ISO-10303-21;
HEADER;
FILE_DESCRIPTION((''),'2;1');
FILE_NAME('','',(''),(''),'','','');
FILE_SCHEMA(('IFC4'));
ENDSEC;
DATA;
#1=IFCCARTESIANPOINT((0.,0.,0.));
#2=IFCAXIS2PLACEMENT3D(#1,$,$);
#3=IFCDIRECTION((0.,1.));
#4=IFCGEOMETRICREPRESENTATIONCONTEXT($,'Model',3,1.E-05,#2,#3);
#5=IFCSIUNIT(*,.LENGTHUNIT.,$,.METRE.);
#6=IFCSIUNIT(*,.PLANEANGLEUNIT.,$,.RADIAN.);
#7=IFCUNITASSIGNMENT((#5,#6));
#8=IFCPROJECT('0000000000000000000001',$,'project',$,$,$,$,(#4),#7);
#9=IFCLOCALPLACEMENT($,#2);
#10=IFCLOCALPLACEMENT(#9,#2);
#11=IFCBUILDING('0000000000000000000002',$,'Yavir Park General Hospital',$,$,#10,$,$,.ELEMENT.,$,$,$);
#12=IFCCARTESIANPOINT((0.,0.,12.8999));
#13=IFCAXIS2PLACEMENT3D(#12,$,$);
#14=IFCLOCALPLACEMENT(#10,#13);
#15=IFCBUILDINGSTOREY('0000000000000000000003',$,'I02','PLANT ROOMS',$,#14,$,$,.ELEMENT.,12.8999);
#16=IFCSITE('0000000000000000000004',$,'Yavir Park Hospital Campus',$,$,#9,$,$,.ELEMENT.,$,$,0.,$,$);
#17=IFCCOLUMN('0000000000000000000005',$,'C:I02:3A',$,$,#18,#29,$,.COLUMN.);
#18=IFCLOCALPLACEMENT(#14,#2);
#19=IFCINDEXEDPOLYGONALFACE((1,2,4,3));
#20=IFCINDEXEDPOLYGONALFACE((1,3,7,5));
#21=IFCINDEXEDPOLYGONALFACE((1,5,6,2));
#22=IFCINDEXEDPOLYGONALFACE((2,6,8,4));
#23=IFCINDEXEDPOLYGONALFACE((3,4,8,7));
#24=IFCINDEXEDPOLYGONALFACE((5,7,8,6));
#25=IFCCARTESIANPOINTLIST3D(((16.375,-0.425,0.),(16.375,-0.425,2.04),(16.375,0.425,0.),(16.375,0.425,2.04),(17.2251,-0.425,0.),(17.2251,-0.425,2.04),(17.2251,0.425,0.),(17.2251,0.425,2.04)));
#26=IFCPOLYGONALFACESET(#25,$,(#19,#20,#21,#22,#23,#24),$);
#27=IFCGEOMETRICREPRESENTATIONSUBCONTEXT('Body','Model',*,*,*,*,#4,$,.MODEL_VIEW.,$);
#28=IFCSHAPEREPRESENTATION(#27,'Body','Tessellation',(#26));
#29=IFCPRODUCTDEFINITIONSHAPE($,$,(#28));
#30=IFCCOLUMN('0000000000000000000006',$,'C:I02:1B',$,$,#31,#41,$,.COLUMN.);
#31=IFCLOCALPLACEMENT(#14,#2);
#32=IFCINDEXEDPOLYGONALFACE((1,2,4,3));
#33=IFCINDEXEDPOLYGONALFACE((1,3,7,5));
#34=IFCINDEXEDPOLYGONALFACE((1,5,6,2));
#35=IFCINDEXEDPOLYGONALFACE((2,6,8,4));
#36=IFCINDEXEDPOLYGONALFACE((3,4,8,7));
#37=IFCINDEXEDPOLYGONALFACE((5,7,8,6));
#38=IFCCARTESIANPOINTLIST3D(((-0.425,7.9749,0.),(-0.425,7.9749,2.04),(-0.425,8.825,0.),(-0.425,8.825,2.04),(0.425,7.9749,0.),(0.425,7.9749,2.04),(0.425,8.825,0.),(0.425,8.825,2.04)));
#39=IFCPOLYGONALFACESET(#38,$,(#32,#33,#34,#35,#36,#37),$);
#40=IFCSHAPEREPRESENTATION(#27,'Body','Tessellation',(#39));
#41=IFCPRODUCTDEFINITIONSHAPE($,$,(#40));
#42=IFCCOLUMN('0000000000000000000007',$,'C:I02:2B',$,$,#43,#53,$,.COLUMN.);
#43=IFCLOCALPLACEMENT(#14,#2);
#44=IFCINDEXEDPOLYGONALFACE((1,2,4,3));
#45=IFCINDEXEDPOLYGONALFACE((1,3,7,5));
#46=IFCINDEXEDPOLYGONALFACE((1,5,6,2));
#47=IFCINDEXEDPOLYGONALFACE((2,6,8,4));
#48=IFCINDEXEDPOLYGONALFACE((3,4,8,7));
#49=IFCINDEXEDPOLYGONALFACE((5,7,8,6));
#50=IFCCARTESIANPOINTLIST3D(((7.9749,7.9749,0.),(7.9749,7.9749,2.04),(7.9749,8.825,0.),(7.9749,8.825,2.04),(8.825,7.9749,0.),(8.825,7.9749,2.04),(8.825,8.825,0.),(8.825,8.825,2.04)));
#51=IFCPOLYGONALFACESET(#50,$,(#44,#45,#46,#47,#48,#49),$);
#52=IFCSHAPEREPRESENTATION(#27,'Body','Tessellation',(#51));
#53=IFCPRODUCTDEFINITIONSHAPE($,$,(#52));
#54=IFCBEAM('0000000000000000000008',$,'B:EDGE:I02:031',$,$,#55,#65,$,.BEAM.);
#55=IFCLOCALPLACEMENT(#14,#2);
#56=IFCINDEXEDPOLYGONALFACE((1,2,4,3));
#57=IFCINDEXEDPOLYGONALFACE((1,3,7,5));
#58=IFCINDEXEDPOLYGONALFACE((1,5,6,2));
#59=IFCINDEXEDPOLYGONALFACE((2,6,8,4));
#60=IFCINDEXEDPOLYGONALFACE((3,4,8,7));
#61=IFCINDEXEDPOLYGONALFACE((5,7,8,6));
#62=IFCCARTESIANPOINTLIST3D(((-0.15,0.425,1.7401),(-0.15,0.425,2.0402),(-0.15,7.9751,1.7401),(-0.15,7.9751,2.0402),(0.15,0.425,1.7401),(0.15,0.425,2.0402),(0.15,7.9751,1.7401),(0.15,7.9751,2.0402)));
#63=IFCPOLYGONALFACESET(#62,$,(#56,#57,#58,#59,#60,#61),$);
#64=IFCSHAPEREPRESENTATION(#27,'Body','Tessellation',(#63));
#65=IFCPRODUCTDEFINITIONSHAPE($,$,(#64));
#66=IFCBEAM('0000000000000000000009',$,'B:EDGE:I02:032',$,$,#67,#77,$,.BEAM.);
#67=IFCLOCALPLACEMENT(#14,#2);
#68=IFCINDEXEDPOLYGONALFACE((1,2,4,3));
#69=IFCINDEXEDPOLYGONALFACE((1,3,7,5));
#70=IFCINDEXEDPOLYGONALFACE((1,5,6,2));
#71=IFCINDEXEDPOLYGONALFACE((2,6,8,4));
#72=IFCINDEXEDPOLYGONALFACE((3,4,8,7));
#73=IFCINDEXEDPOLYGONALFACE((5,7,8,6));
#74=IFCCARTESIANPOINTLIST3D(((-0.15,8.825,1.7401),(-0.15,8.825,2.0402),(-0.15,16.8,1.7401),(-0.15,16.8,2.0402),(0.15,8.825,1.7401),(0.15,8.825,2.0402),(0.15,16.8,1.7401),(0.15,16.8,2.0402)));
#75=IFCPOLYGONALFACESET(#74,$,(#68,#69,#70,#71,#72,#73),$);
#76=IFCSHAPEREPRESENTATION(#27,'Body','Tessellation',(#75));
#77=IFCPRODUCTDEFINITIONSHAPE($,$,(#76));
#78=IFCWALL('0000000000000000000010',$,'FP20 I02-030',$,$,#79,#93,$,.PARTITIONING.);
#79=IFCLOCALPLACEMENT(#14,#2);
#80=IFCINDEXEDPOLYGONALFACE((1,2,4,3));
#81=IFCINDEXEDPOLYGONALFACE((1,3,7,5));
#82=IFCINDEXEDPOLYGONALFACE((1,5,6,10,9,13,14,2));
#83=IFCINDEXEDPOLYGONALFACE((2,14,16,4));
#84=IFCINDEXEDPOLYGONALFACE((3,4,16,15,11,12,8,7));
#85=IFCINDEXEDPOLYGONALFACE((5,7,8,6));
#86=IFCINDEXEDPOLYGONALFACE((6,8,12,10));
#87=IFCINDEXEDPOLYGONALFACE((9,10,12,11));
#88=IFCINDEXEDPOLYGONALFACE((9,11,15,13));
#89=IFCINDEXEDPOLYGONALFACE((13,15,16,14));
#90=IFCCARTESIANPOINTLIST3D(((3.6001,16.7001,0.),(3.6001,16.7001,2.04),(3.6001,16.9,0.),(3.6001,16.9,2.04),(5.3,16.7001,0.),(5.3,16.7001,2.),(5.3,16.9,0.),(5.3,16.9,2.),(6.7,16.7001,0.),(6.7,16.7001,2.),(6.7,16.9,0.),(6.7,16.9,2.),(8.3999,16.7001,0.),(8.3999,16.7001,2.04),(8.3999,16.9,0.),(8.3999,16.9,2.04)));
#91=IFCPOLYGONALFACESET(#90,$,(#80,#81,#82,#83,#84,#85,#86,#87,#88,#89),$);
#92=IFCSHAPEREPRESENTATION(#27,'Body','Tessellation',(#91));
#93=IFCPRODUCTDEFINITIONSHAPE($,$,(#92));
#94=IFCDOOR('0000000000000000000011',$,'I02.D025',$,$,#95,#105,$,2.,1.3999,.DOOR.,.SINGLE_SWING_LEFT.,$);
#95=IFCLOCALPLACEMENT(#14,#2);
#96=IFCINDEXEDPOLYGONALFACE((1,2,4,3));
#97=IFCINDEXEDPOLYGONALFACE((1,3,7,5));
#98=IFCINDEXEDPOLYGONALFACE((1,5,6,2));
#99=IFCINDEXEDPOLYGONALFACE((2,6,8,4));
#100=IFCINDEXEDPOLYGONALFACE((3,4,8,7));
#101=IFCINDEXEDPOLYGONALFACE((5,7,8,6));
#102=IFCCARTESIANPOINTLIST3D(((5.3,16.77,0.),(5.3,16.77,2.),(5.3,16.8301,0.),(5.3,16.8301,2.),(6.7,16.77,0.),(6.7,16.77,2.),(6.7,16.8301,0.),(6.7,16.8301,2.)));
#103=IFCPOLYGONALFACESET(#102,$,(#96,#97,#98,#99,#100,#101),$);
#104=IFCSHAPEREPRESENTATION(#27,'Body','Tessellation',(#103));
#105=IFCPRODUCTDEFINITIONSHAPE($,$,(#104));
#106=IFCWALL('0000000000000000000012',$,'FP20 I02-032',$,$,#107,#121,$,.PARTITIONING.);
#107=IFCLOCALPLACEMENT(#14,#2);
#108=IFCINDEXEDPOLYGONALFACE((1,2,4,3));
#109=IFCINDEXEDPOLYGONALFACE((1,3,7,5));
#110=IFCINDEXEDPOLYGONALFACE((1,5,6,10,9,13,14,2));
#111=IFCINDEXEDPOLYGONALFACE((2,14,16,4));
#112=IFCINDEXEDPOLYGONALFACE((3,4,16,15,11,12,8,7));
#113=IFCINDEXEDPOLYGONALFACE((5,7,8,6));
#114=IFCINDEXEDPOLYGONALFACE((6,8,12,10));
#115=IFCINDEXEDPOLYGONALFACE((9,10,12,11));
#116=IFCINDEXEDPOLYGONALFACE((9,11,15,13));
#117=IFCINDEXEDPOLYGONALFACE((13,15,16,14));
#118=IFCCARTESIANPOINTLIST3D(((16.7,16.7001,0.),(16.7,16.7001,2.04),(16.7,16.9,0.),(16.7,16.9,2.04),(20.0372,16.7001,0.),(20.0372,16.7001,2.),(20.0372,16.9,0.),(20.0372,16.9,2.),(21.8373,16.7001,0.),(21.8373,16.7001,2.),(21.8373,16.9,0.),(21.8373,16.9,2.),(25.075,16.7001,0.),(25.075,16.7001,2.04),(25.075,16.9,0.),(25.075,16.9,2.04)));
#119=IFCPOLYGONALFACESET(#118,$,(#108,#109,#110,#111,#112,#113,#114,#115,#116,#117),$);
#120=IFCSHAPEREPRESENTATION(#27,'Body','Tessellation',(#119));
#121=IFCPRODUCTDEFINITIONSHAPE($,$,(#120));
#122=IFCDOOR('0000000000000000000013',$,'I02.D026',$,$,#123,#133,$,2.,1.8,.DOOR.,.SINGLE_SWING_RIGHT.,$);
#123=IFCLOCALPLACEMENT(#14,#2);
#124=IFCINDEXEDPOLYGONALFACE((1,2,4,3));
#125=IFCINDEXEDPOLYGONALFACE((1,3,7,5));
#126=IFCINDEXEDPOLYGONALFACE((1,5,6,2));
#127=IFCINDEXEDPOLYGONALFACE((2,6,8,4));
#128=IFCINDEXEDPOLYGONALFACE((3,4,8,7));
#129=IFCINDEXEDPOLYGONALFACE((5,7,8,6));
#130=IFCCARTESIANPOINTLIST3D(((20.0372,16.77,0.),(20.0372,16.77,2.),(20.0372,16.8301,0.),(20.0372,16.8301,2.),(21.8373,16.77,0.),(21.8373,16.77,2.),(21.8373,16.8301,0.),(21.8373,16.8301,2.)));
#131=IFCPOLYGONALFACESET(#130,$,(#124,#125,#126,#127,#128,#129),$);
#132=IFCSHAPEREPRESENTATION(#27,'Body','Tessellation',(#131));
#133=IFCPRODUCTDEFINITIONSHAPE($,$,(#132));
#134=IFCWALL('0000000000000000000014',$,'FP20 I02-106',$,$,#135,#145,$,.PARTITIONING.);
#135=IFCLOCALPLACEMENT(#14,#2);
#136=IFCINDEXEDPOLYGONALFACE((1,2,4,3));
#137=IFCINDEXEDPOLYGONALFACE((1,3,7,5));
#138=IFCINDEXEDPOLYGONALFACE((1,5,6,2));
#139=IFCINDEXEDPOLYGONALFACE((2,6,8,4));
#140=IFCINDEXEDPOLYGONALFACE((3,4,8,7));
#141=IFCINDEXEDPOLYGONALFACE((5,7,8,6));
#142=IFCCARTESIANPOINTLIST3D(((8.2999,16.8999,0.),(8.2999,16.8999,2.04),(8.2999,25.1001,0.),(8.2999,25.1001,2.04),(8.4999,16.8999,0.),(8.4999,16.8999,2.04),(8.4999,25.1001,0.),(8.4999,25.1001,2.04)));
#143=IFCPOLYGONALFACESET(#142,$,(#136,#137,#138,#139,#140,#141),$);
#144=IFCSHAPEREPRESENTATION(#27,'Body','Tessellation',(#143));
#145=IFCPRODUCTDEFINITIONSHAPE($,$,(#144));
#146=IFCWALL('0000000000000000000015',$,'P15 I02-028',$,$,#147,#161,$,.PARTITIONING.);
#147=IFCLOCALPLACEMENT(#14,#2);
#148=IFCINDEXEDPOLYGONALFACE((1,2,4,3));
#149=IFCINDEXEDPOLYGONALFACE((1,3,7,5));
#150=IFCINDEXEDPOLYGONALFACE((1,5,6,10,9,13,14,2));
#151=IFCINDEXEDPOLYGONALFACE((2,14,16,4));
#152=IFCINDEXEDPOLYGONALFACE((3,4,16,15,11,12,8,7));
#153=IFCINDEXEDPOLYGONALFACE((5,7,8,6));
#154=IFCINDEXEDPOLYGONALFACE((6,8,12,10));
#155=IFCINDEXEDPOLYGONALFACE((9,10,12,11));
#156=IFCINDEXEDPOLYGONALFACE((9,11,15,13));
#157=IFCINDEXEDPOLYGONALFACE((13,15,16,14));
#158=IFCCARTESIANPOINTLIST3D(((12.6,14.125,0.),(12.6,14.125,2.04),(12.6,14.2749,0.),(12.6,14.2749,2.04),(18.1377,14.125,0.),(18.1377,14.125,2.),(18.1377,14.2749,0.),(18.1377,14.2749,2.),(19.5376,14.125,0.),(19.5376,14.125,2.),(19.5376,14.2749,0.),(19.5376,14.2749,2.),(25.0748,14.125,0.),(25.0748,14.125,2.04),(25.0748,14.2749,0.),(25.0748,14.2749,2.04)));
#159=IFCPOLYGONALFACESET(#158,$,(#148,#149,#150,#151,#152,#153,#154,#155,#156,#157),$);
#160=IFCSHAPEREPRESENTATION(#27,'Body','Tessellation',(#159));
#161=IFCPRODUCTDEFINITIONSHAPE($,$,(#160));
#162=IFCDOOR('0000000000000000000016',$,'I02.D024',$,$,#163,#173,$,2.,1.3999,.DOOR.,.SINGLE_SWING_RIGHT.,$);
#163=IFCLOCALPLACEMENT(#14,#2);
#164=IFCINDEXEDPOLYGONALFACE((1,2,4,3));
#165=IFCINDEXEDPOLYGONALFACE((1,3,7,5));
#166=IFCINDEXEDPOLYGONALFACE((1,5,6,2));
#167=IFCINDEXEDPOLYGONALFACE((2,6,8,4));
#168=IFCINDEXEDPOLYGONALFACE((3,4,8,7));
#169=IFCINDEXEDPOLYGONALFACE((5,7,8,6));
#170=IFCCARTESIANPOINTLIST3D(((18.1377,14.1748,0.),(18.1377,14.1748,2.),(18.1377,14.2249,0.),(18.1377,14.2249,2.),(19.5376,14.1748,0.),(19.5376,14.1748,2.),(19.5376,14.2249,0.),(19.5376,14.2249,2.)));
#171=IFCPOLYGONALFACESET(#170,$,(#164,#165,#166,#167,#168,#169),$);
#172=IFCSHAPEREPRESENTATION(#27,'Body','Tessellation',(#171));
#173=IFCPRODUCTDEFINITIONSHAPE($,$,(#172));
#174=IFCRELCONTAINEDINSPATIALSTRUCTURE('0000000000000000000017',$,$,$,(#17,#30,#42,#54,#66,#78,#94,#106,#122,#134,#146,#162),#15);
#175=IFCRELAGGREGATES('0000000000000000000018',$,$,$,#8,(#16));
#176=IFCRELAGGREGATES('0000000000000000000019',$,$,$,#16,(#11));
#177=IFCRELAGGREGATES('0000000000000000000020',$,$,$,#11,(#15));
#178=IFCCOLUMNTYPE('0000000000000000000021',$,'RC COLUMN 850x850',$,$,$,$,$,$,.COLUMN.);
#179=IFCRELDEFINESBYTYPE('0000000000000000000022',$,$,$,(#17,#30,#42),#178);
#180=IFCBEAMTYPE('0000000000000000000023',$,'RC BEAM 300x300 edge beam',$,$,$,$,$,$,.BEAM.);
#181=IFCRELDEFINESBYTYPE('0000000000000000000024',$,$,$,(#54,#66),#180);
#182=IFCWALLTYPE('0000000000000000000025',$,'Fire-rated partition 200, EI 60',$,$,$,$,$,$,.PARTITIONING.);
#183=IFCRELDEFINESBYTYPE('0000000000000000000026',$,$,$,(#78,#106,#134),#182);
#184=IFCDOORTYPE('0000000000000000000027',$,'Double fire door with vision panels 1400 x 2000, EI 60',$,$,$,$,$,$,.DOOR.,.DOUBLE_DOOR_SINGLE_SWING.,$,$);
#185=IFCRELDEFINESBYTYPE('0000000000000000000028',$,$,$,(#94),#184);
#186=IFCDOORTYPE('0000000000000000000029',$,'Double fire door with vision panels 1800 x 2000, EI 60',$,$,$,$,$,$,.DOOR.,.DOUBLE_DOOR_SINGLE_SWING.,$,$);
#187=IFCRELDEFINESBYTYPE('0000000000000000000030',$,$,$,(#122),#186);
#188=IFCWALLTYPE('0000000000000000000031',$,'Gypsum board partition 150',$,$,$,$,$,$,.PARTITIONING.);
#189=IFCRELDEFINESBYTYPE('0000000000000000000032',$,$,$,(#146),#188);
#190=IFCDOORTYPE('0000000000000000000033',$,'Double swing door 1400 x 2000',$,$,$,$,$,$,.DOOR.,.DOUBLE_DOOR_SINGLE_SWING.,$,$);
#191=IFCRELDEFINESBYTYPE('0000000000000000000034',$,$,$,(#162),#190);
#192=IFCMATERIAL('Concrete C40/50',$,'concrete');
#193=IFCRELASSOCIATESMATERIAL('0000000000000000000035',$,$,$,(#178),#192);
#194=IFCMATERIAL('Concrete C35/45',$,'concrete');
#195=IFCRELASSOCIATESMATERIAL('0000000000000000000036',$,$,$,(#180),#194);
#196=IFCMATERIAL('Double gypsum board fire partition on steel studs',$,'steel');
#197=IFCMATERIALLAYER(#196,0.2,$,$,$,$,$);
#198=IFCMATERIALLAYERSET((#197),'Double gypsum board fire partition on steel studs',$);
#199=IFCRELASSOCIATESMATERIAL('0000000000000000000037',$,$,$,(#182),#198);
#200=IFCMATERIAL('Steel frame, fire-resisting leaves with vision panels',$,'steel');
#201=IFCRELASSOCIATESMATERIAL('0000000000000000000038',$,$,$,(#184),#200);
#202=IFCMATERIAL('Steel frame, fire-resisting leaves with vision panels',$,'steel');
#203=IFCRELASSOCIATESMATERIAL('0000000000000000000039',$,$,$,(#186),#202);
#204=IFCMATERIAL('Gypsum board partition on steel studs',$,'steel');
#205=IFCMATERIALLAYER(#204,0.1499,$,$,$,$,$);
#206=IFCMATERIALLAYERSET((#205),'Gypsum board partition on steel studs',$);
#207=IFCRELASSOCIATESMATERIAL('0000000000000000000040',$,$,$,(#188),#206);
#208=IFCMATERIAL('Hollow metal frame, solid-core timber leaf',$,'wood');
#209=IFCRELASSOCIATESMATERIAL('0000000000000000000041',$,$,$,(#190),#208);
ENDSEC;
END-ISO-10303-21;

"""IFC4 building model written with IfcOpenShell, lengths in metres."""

from ifc_helpers import new_model, si_unit, direction, frame, frame_2d, origin, origin_2d, place, context, subcontext, project, spatial, rectangle, extrude, material, layer, layer_set, material_profile, profile_set, type_object, element, fill, save


model = new_model("IFC4")

# Units and contexts
model_context = context("Model", 3, precision=1e-05, world=origin(), true_north=direction((0.0, 1.0)))
body_context = subcontext(model_context, "Body", "Model", "MODEL_VIEW")
ifc_project = project(units=[si_unit("LENGTHUNIT", "METRE"), si_unit("PLANEANGLEUNIT", "RADIAN")], contexts=[model_context])

# Site, building, storey
site_placement = place(None, origin())
site = spatial("IfcSite", under=ifc_project, at=site_placement, Name="Yavir Park Hospital Campus", CompositionType="ELEMENT", RefElevation=0.0)
building_placement = place(site_placement, origin())
building = spatial("IfcBuilding", under=site, at=building_placement, Name="Yavir Park General Hospital", CompositionType="ELEMENT")
storey_placement = place(building_placement, frame((0.0, 0.0, 12.8999)))
storey = spatial("IfcBuildingStorey", under=building, at=storey_placement, Name="I02", Description="PLANT ROOMS", CompositionType="ELEMENT", Elevation=12.8999)

# Columns
ifc_material_1 = material(Name="Concrete C40/50", Category="concrete")
ifc_material_profile_1 = material_profile(ifc_material_1, rectangle(XDim=0.8501, YDim=0.8501, at=origin_2d()), Name="RC850x850")
ifc_profile_set_1 = profile_set([ifc_material_profile_1], Name="Concrete C40/50")
column_type = type_object("IfcColumnType", Name="RC COLUMN 850x850", PredefinedType="COLUMN", material=ifc_profile_set_1)
for number, where, z_axis, x_axis, name in (
    (1, (16.8, 0.0, 0.0), (0.0, 0.0, 1.0), (1.0, 0.0, 0.0), "C:I02:3A"),
    (2, (0.0, 8.3999, 0.0), (0.0, 0.0, 1.0), (1.0, 0.0, 0.0), "C:I02:1B"),
    (3, (8.3999, 8.3999, 0.0), (0.0, 0.0, 1.0), (1.0, 0.0, 0.0), "C:I02:2B"),
):
    element("IfcColumn", number, at=place(storey_placement, frame(where, z_axis=z_axis, x_axis=x_axis)), inside=storey, type_object=column_type, Name=name, PredefinedType="COLUMN", context=body_context, shape_type="SweptSolid", body=[
        extrude(rectangle(XDim=0.8501, YDim=0.8501, at=origin_2d()), origin(), (0.0, 0.0, 1.0), 2.04),
    ])

# Beams
ifc_material_2 = material(Name="Concrete C35/45", Category="concrete")
ifc_material_profile_2 = material_profile(ifc_material_2, rectangle(XDim=0.3, YDim=0.3, at=origin_2d()), Name="RC300x300")
ifc_profile_set_2 = profile_set([ifc_material_profile_2], Name="Concrete C35/45")
beam_type = type_object("IfcBeamType", Name="RC BEAM 300x300 edge beam", PredefinedType="BEAM", material=ifc_profile_set_2)
beam_1_placement = place(storey_placement, frame((0.0, 0.425, 1.8901), z_axis=(0.0, 1.0, 0.0), x_axis=(-1.0, 0.0, 0.0)))
element("IfcBeam", 4, at=beam_1_placement, inside=storey, type_object=beam_type, Name="B:EDGE:I02:031", PredefinedType="BEAM", context=body_context, shape_type="SweptSolid", body=[
    extrude(rectangle(XDim=0.3, YDim=0.3, at=origin_2d()), origin(), (0.0, 0.0, 1.0), 7.55),
])
beam_2_placement = place(storey_placement, frame((0.0, 8.825, 1.8901), z_axis=(0.0, 1.0, 0.0), x_axis=(-1.0, 0.0, 0.0)))
element("IfcBeam", 5, at=beam_2_placement, inside=storey, type_object=beam_type, Name="B:EDGE:I02:032", PredefinedType="BEAM", context=body_context, shape_type="SweptSolid", body=[
    extrude(rectangle(XDim=0.3, YDim=0.3, at=origin_2d()), origin(), (0.0, 0.0, 1.0), 7.9751),
])

# Walls, openings, doors
ifc_material_3 = material(Name="Double gypsum board fire partition on steel studs", Category="steel")
ifc_layer_1 = layer(ifc_material_3, 0.2)
ifc_layer_set_1 = layer_set([ifc_layer_1], Name="Double gypsum board fire partition on steel studs")
wall_type_1 = type_object("IfcWallType", Name="Fire-rated partition 200, EI 60", PredefinedType="PARTITIONING", material=ifc_layer_set_1)
wall_1_placement = place(storey_placement, frame((3.6001, 16.8, 0.0), z_axis=(0.0, 0.0, 1.0), x_axis=(1.0, 0.0, 0.0)))
wall_1 = element("IfcWall", 6, at=wall_1_placement, inside=storey, type_object=wall_type_1, Name="FP20 I02-030", PredefinedType="PARTITIONING", context=body_context, shape_type="SweptSolid", body=[
    extrude(rectangle(XDim=4.7998, YDim=0.2, at=frame_2d((2.3999, 0.0))), origin(), (0.0, 0.0, 1.0), 2.04),
])
opening_1_placement = place(wall_1_placement, frame((1.7, 0.0, 0.0)))
opening_1 = element("IfcOpeningElement", 7, at=opening_1_placement, cuts=wall_1, PredefinedType="OPENING", context=body_context, shape_type="SweptSolid", body=[
    extrude(rectangle(XDim=1.3999, YDim=2.0, at=frame_2d((0.7, 1.0))), frame((0.0, 0.1099, 0.0), z_axis=(0.0, -1.0, 0.0), x_axis=(1.0, 0.0, 0.0)), (0.0, 0.0, 1.0), 0.22),
])
ifc_material_4 = material(Name="Steel frame, fire-resisting leaves with vision panels", Category="steel")
door_type_1 = type_object("IfcDoorType", Name="Double fire door with vision panels 1400 x 2000, EI 60", OperationType="DOUBLE_DOOR_SINGLE_SWING", PredefinedType="DOOR", material=ifc_material_4)
door_1_placement = place(opening_1_placement, origin())
door_1 = element("IfcDoor", 8, at=door_1_placement, inside=storey, type_object=door_type_1, Name="I02.D025", OperationType="SINGLE_SWING_LEFT", OverallHeight=2.0, OverallWidth=1.3999, PredefinedType="DOOR", context=body_context, shape_type="SweptSolid", body=[
    extrude(rectangle(XDim=1.3999, YDim=2.0, at=frame_2d((0.7, 1.0))), frame((0.0, 0.03, 0.0), z_axis=(0.0, -1.0, 0.0), x_axis=(1.0, 0.0, 0.0)), (0.0, 0.0, 1.0), 0.0601),
])
fill(opening_1, door_1)
wall_2_placement = place(storey_placement, frame((16.7, 16.8, 0.0), z_axis=(0.0, 0.0, 1.0), x_axis=(1.0, 0.0, 0.0)))
wall_2 = element("IfcWall", 9, at=wall_2_placement, inside=storey, type_object=wall_type_1, Name="FP20 I02-032", PredefinedType="PARTITIONING", context=body_context, shape_type="SweptSolid", body=[
    extrude(rectangle(XDim=8.375, YDim=0.2, at=frame_2d((4.1875, 0.0))), origin(), (0.0, 0.0, 1.0), 2.04),
])
opening_2_placement = place(wall_2_placement, frame((3.3374, 0.0, 0.0)))
opening_2 = element("IfcOpeningElement", 10, at=opening_2_placement, cuts=wall_2, PredefinedType="OPENING", context=body_context, shape_type="SweptSolid", body=[
    extrude(rectangle(XDim=1.8, YDim=2.0, at=frame_2d((0.8999, 1.0))), frame((0.0, 0.1099, 0.0), z_axis=(0.0, -1.0, 0.0), x_axis=(1.0, 0.0, 0.0)), (0.0, 0.0, 1.0), 0.22),
])
ifc_material_5 = material(Name="Steel frame, fire-resisting leaves with vision panels", Category="steel")
door_type_2 = type_object("IfcDoorType", Name="Double fire door with vision panels 1800 x 2000, EI 60", OperationType="DOUBLE_DOOR_SINGLE_SWING", PredefinedType="DOOR", material=ifc_material_5)
door_2_placement = place(opening_2_placement, origin())
door_2 = element("IfcDoor", 11, at=door_2_placement, inside=storey, type_object=door_type_2, Name="I02.D026", OperationType="SINGLE_SWING_RIGHT", OverallHeight=2.0, OverallWidth=1.8, PredefinedType="DOOR", context=body_context, shape_type="SweptSolid", body=[
    extrude(rectangle(XDim=1.8, YDim=2.0, at=frame_2d((0.8999, 1.0))), frame((0.0, 0.03, 0.0), z_axis=(0.0, -1.0, 0.0), x_axis=(1.0, 0.0, 0.0)), (0.0, 0.0, 1.0), 0.0601),
])
fill(opening_2, door_2)

# Wall
wall_3_placement = place(storey_placement, frame((8.3999, 16.8999, 0.0), z_axis=(0.0, 0.0, 1.0), x_axis=(0.0, 1.0, 0.0)))
element("IfcWall", 12, at=wall_3_placement, inside=storey, type_object=wall_type_1, Name="FP20 I02-106", PredefinedType="PARTITIONING", context=body_context, shape_type="SweptSolid", body=[
    extrude(rectangle(XDim=8.2002, YDim=0.2, at=frame_2d((4.1001, 0.0))), origin(), (0.0, 0.0, 1.0), 2.04),
])

# Wall, opening, door
ifc_material_6 = material(Name="Gypsum board partition on steel studs", Category="steel")
ifc_layer_2 = layer(ifc_material_6, 0.1499)
ifc_layer_set_2 = layer_set([ifc_layer_2], Name="Gypsum board partition on steel studs")
wall_type_2 = type_object("IfcWallType", Name="Gypsum board partition 150", PredefinedType="PARTITIONING", material=ifc_layer_set_2)
wall_4_placement = place(storey_placement, frame((12.6001, 14.2, 0.0), z_axis=(0.0, 0.0, 1.0), x_axis=(1.0, 0.0, 0.0)))
wall_4 = element("IfcWall", 13, at=wall_4_placement, inside=storey, type_object=wall_type_2, Name="P15 I02-028", PredefinedType="PARTITIONING", context=body_context, shape_type="SweptSolid", body=[
    extrude(rectangle(XDim=12.4749, YDim=0.1499, at=frame_2d((6.2373, 0.0))), origin(), (0.0, 0.0, 1.0), 2.04),
])
opening_3_placement = place(wall_4_placement, frame((5.5376, 0.0, 0.0)))
opening_3 = element("IfcOpeningElement", 14, at=opening_3_placement, cuts=wall_4, PredefinedType="OPENING", context=body_context, shape_type="SweptSolid", body=[
    extrude(rectangle(XDim=1.3999, YDim=2.0, at=frame_2d((0.7, 1.0))), frame((0.0, 0.085, 0.0), z_axis=(0.0, -1.0, 0.0), x_axis=(1.0, 0.0, 0.0)), (0.0, 0.0, 1.0), 0.1699),
])
ifc_material_7 = material(Name="Hollow metal frame, solid-core timber leaf", Category="wood")
door_type_3 = type_object("IfcDoorType", Name="Double swing door 1400 x 2000", OperationType="DOUBLE_DOOR_SINGLE_SWING", PredefinedType="DOOR", material=ifc_material_7)
door_3_placement = place(opening_3_placement, origin())
door_3 = element("IfcDoor", 15, at=door_3_placement, inside=storey, type_object=door_type_3, Name="I02.D024", OperationType="SINGLE_SWING_RIGHT", OverallHeight=2.0, OverallWidth=1.3999, PredefinedType="DOOR", context=body_context, shape_type="SweptSolid", body=[
    extrude(rectangle(XDim=1.3999, YDim=2.0, at=frame_2d((0.7, 1.0))), frame((0.0, 0.0249, 0.0), z_axis=(0.0, -1.0, 0.0), x_axis=(1.0, 0.0, 0.0)), (0.0, 0.0, 1.0), 0.05),
])
fill(opening_3, door_3)

save(model, "model.ifc")
